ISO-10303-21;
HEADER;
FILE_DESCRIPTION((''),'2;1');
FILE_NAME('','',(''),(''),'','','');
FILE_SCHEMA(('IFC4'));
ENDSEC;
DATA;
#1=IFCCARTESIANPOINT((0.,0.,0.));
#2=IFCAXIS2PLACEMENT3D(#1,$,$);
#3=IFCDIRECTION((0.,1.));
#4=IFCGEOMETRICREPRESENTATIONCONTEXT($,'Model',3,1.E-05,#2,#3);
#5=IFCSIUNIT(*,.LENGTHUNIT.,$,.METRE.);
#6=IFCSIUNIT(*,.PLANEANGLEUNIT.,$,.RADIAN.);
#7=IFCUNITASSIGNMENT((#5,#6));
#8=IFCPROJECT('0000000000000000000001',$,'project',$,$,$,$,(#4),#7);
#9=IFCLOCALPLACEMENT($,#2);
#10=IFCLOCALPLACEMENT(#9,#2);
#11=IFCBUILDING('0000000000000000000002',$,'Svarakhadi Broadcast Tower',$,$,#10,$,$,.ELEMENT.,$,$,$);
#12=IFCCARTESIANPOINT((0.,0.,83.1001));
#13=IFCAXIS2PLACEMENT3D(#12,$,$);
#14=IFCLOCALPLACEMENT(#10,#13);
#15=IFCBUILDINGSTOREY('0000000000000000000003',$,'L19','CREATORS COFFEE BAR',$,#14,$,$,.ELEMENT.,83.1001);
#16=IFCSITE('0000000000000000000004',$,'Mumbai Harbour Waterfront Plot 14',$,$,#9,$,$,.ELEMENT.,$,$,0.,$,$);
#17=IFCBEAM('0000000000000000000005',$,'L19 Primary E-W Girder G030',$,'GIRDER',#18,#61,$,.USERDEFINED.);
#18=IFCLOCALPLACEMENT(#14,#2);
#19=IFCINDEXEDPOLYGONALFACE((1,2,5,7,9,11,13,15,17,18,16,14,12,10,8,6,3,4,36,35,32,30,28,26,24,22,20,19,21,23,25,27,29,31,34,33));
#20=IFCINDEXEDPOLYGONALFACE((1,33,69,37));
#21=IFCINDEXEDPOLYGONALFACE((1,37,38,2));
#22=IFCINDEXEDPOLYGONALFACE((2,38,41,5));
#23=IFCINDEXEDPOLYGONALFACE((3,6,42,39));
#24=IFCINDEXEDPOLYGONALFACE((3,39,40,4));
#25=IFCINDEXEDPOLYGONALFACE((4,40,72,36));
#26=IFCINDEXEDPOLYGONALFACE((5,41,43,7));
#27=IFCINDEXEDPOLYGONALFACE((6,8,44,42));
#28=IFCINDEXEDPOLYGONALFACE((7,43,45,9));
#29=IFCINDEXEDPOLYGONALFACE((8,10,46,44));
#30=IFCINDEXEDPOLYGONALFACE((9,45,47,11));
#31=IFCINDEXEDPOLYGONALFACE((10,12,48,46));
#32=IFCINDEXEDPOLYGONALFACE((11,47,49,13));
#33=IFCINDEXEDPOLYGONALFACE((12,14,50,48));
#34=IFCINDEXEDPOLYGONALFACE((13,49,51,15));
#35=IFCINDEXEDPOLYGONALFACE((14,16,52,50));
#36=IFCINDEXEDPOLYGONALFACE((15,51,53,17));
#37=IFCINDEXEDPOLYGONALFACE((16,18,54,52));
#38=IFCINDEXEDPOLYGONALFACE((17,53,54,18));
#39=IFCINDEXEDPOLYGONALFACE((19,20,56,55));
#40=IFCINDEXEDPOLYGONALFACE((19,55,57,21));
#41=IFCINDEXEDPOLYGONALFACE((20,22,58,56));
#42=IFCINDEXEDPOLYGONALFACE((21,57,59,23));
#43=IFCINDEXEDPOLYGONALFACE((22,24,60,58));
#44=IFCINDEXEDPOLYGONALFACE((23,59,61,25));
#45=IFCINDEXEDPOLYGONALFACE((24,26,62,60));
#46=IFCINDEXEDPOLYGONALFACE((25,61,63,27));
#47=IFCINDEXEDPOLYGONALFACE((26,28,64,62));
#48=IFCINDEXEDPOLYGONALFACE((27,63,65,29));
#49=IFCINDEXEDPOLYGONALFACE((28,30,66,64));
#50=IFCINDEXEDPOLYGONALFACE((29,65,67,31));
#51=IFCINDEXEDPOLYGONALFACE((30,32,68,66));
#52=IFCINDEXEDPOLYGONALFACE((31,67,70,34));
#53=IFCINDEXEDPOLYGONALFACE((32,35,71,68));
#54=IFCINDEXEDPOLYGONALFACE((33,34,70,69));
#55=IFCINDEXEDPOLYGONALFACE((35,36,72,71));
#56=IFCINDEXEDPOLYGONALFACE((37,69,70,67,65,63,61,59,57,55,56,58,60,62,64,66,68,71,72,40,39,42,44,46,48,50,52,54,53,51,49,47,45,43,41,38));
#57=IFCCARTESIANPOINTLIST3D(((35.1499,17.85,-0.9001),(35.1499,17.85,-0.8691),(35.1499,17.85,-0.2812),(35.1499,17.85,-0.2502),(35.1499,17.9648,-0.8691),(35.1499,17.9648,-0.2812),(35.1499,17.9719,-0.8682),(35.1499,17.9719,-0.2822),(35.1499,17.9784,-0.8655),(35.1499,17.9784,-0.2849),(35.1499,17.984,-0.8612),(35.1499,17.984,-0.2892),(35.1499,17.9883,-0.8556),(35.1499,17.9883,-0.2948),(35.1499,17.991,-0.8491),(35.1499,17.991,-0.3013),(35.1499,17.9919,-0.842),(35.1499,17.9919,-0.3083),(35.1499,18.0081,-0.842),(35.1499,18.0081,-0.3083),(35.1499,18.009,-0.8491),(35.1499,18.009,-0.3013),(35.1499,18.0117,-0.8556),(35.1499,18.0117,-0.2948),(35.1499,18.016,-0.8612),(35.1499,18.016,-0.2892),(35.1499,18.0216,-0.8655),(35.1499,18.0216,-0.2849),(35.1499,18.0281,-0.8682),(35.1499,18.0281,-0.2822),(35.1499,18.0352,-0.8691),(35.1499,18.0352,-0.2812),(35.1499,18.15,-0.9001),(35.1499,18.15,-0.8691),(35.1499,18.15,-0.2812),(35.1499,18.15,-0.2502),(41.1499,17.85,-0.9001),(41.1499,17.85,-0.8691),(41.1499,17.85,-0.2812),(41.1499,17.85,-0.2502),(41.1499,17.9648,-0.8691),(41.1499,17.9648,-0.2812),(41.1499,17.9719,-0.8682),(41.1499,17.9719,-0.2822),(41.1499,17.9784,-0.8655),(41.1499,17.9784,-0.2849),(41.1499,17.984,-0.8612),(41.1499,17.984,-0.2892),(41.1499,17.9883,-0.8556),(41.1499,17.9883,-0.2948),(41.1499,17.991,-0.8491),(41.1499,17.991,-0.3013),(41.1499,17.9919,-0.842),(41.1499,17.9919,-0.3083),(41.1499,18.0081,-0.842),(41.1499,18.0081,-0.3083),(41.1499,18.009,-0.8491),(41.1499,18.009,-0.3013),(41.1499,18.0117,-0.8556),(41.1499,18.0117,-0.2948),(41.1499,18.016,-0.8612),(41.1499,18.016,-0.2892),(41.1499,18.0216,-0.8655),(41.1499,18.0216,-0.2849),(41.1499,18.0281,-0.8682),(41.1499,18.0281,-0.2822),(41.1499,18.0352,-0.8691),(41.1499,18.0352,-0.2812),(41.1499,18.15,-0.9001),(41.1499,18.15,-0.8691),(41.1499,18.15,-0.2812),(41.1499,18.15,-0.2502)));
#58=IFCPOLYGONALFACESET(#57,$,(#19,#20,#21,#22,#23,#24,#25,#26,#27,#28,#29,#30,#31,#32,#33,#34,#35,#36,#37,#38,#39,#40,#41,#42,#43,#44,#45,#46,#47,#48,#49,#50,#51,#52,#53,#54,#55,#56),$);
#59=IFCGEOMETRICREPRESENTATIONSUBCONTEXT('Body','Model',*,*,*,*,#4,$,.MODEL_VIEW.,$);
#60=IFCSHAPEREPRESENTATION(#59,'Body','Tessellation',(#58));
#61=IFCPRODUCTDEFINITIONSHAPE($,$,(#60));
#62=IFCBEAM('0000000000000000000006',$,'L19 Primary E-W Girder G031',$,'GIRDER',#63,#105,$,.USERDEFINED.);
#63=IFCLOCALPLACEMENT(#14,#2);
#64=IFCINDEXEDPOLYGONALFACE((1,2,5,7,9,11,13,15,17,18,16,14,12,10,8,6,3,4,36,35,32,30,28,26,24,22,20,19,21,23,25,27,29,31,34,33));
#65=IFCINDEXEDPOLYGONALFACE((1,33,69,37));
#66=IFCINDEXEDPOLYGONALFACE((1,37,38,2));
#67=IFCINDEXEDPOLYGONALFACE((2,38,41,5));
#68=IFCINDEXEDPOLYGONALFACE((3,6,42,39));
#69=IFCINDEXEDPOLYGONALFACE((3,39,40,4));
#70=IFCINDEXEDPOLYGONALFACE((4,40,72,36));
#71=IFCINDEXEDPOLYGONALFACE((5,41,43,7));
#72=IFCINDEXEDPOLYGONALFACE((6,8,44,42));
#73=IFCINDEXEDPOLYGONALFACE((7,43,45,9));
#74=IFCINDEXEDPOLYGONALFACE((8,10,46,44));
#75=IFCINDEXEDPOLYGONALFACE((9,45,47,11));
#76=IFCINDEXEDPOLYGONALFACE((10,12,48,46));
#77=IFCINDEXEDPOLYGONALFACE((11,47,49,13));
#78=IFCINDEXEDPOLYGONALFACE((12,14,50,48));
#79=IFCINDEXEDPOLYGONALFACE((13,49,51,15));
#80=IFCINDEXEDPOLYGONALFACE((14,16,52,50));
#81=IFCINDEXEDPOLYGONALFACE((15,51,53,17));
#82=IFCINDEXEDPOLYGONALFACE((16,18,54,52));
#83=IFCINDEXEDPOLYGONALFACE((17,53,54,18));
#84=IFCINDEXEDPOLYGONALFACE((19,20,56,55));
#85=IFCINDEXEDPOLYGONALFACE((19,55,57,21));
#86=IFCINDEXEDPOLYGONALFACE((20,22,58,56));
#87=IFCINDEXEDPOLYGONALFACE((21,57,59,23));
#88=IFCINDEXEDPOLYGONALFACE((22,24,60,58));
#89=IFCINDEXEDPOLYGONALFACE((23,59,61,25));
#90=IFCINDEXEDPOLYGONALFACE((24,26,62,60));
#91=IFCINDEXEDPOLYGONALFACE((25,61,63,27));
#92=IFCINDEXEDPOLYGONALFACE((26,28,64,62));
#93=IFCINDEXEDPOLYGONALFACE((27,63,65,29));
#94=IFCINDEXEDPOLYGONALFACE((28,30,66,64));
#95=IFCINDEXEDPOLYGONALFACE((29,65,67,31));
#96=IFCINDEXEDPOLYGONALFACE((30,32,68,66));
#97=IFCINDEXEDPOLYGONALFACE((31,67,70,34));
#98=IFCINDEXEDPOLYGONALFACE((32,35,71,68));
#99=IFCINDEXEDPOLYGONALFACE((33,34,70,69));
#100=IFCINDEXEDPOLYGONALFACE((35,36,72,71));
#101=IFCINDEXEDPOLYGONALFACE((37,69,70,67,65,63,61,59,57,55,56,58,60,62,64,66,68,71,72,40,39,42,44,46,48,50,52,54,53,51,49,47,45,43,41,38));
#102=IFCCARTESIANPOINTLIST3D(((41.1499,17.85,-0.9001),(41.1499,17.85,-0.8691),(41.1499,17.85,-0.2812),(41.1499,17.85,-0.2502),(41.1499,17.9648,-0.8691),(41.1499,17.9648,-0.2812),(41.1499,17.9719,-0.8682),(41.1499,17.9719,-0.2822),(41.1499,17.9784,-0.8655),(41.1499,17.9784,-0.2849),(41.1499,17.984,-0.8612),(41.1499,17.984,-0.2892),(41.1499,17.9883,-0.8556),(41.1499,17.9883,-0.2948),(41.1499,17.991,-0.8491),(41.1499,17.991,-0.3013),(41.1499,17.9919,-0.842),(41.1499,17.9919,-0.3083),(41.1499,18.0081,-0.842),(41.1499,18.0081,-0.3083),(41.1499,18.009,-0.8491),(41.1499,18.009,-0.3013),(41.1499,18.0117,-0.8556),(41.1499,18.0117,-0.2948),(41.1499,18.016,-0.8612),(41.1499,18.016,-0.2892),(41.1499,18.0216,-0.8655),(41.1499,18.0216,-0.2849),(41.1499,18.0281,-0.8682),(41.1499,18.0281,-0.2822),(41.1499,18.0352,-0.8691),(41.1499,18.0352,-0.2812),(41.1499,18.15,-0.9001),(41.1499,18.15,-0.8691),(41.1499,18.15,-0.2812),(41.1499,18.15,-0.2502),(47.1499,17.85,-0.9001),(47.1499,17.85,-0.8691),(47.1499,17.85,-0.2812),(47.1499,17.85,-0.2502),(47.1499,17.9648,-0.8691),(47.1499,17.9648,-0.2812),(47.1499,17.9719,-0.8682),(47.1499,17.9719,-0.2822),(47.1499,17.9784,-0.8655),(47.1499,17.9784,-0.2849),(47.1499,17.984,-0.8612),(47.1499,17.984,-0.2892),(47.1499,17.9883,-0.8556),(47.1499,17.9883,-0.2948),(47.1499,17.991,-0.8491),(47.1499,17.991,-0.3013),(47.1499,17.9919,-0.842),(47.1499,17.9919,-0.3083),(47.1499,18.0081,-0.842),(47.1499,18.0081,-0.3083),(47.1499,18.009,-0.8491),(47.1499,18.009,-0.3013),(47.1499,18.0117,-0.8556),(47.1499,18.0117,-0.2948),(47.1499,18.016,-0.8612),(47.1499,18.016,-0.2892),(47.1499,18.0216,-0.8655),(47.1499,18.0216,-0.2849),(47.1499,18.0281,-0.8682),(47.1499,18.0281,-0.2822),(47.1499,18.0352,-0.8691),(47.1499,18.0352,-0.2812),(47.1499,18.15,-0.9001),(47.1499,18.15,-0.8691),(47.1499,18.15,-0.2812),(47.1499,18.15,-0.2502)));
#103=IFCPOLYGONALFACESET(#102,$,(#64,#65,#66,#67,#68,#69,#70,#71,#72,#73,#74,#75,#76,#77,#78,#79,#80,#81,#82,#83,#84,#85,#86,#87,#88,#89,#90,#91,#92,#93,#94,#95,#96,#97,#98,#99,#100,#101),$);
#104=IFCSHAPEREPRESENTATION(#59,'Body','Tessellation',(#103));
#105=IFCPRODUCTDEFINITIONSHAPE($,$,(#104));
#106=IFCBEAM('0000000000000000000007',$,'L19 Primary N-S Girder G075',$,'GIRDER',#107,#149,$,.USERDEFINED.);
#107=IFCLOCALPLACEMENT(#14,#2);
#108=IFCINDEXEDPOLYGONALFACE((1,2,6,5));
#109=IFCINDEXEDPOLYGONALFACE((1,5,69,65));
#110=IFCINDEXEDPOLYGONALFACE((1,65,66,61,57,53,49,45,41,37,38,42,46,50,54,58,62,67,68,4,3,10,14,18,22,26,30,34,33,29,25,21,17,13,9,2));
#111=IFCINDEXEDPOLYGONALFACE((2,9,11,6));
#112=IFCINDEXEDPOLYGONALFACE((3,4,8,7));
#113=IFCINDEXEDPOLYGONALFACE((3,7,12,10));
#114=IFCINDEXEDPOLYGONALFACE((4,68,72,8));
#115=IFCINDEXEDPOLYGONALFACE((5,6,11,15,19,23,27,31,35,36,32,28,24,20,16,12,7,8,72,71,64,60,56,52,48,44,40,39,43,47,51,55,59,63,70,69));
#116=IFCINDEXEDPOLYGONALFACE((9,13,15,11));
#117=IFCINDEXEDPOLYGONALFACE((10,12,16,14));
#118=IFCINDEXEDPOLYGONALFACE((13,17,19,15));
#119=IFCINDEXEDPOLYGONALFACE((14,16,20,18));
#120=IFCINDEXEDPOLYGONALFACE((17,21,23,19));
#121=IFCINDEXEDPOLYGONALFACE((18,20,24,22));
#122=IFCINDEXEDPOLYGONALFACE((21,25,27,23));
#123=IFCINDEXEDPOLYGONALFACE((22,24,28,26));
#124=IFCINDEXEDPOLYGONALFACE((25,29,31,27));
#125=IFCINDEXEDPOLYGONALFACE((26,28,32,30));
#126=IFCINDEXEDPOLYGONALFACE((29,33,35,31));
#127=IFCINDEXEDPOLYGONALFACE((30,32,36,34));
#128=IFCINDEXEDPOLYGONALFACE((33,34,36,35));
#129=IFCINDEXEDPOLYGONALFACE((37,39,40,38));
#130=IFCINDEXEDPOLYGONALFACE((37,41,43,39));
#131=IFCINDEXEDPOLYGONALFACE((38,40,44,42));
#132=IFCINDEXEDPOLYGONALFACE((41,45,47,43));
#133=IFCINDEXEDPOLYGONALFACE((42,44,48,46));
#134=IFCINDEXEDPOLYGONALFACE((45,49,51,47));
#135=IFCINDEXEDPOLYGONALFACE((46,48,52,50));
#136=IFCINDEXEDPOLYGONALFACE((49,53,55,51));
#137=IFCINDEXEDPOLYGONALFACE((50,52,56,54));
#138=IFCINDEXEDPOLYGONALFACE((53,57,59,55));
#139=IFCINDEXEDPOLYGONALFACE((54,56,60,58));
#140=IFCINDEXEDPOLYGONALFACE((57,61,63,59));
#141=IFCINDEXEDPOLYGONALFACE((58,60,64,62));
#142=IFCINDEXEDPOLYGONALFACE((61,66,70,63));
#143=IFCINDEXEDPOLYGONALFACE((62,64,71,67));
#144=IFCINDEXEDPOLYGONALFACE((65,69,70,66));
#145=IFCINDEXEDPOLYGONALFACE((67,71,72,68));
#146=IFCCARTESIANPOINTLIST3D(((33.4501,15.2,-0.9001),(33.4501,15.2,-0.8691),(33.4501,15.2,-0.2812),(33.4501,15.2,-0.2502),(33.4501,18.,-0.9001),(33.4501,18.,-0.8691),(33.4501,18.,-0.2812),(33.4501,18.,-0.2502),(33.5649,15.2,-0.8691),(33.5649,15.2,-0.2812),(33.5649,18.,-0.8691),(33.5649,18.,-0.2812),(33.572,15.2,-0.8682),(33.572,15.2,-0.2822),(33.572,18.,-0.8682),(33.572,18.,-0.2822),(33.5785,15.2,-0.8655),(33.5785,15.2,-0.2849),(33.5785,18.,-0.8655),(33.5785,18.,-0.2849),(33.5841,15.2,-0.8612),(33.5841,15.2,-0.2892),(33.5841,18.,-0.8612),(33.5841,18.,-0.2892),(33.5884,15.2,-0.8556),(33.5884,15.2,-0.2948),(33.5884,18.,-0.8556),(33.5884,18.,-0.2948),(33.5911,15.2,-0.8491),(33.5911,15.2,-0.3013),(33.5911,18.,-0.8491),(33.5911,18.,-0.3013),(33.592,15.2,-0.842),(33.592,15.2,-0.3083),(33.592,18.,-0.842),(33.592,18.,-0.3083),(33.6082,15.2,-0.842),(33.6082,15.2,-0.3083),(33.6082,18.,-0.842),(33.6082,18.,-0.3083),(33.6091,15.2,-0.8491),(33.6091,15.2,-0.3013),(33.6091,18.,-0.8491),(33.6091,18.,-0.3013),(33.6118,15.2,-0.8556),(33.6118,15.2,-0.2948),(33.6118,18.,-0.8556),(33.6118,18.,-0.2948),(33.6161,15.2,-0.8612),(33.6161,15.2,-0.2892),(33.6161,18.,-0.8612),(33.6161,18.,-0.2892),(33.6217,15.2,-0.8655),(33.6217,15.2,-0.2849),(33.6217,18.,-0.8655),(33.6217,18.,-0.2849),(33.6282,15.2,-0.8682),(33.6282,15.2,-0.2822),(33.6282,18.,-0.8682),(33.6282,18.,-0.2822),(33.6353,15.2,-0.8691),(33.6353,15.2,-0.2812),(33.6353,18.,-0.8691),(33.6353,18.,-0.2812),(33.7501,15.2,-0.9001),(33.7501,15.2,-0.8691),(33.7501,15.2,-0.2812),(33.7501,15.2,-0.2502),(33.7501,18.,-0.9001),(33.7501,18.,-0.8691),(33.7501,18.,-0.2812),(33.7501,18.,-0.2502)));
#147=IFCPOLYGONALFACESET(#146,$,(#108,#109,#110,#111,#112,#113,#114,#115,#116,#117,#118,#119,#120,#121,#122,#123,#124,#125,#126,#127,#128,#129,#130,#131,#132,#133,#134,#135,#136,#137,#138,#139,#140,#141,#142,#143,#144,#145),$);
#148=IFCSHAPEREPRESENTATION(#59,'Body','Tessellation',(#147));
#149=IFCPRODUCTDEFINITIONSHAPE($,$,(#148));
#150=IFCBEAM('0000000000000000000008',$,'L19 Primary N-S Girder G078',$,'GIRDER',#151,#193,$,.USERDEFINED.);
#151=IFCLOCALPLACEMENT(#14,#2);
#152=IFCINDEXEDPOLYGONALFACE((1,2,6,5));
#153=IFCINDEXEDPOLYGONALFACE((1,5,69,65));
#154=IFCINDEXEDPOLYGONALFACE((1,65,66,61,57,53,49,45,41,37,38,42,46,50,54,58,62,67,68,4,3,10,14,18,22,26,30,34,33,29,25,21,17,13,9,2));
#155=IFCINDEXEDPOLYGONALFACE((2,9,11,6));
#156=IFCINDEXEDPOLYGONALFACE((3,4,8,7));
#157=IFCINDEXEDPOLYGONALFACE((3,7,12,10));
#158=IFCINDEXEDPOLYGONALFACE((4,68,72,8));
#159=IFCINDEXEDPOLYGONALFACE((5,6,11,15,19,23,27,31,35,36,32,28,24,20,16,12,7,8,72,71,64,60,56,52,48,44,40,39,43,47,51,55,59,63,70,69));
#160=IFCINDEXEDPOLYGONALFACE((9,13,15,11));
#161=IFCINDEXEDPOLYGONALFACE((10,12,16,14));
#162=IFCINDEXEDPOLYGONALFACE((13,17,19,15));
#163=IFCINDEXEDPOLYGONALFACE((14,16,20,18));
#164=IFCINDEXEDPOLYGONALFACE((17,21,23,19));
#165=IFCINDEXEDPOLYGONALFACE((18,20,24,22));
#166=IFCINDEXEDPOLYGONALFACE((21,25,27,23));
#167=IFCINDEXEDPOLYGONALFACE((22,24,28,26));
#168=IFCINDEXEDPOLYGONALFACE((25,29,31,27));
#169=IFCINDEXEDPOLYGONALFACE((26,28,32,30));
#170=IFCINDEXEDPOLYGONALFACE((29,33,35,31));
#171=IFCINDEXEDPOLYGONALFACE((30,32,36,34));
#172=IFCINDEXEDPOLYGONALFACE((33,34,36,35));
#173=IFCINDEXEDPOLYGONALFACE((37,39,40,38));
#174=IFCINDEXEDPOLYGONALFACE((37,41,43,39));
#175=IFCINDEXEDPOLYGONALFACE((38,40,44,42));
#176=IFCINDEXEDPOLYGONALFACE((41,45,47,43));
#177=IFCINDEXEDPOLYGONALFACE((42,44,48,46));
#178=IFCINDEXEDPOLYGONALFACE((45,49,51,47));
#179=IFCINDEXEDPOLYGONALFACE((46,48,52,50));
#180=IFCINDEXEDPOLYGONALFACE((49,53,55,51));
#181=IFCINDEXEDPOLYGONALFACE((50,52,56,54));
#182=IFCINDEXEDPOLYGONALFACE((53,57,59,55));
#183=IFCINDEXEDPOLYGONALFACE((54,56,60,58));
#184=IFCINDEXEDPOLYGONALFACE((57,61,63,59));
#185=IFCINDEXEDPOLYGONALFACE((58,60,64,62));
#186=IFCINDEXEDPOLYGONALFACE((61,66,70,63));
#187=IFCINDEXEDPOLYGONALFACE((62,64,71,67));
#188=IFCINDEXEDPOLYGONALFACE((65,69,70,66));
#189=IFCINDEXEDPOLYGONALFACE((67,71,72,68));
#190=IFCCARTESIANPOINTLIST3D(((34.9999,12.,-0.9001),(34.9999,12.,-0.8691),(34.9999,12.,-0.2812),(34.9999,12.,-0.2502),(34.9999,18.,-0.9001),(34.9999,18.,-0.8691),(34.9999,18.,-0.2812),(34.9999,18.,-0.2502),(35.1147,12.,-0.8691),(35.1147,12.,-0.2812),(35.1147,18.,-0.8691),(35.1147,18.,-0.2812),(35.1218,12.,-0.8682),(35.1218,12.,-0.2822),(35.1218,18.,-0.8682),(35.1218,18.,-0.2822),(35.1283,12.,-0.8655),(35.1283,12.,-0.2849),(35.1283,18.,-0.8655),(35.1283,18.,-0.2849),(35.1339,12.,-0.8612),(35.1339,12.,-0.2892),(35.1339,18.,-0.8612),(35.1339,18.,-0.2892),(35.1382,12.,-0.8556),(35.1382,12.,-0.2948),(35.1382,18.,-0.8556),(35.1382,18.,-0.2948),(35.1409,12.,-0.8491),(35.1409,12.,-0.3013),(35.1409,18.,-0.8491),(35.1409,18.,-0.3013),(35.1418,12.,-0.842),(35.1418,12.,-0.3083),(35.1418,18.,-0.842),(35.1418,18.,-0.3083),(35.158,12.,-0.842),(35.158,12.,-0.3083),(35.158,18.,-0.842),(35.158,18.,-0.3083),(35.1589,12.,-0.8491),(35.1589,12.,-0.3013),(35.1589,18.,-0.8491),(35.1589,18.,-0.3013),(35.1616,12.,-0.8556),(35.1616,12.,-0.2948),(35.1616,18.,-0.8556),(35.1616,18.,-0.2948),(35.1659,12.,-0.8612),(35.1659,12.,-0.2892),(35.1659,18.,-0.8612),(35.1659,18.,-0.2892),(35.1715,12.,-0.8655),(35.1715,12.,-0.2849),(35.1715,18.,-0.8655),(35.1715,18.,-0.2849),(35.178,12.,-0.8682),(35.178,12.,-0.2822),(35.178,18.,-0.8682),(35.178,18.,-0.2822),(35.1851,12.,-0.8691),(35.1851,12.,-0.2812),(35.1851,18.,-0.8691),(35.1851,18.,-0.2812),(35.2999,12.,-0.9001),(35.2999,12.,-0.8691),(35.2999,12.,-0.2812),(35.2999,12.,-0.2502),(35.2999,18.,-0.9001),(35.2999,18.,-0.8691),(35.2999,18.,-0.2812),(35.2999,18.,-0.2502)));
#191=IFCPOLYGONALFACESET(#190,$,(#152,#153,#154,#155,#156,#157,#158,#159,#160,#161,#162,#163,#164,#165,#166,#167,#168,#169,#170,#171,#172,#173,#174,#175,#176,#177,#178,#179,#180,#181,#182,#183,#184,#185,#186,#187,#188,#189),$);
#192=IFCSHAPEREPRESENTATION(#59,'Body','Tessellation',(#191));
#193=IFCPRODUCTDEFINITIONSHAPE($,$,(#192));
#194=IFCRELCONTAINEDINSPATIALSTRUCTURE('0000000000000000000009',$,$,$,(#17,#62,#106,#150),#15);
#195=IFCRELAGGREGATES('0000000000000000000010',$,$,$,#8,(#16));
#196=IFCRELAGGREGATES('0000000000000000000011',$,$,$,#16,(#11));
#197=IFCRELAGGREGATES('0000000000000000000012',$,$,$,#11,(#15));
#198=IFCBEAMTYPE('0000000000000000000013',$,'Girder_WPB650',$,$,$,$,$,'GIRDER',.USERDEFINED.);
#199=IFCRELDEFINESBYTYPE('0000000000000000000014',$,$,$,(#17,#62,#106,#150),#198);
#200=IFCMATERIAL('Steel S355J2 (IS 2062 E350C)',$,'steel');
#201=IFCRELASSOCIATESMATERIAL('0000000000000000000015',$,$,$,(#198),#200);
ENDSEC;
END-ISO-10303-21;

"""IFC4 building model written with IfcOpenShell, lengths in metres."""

from ifc_helpers import new_model, si_unit, direction, frame, origin, origin_2d, place, context, subcontext, project, spatial, i_section, extrude, material, material_profile, profile_set, type_object, element, save


model = new_model("IFC4")

# Units and contexts
model_context = context("Model", 3, precision=1e-05, world=origin(), true_north=direction((0.0, 1.0)))
body_context = subcontext(model_context, "Body", "Model", "MODEL_VIEW")
ifc_project = project(units=[si_unit("LENGTHUNIT", "METRE"), si_unit("PLANEANGLEUNIT", "RADIAN")], contexts=[model_context])

# Site, building, storey
site_placement = place(None, origin())
site = spatial("IfcSite", under=ifc_project, at=site_placement, Name="Mumbai Harbour Waterfront Plot 14", CompositionType="ELEMENT", RefElevation=0.0)
building_placement = place(site_placement, origin())
building = spatial("IfcBuilding", under=site, at=building_placement, Name="Svarakhadi Broadcast Tower", CompositionType="ELEMENT")
storey_placement = place(building_placement, frame((0.0, 0.0, 83.1001)))
storey = spatial("IfcBuildingStorey", under=building, at=storey_placement, Name="L19", Description="CREATORS COFFEE BAR", CompositionType="ELEMENT", Elevation=83.1001)

# Shared definitions
ifc_material_1 = material(Name="Steel S355J2 (IS 2062 E350C)", Category="steel")

# Beams
ifc_material_profile_1 = material_profile(ifc_material_1, i_section(OverallWidth=0.3, OverallDepth=0.6499, WebThickness=0.0161, FlangeThickness=0.031, FilletRadius=0.0271, at=origin_2d()), Name="WPB 650x300x225")
ifc_profile_set_1 = profile_set([ifc_material_profile_1], Name="Steel S355J2 (IS 2062 E350C)")
beam_type_1 = type_object("IfcBeamType", Name="Girder_WPB650", ElementType="GIRDER", PredefinedType="USERDEFINED", material=ifc_profile_set_1)
for number, where, z_axis, x_axis, name in (
    (1, (35.1499, 18.0, -0.5752), (1.0, 0.0, 0.0), (0.0, 1.0, 0.0), "L19 Primary E-W Girder G030"),
    (2, (41.1499, 18.0, -0.5752), (1.0, 0.0, 0.0), (0.0, 1.0, 0.0), "L19 Primary E-W Girder G031"),
):
    element("IfcBeam", number, at=place(storey_placement, frame(where, z_axis=z_axis, x_axis=x_axis)), inside=storey, type_object=beam_type_1, Name=name, ObjectType="GIRDER", PredefinedType="USERDEFINED", context=body_context, shape_type="SweptSolid", body=[
        extrude(i_section(OverallWidth=0.3, OverallDepth=0.6499, WebThickness=0.0161, FlangeThickness=0.031, FilletRadius=0.0271, at=origin_2d()), origin(), (0.0, 0.0, 1.0), 6.0),
    ])
beam_placement = place(storey_placement, frame((33.6001, 15.2, -0.5752), z_axis=(0.0, 1.0, 0.0), x_axis=(-1.0, 0.0, 0.0)))
element("IfcBeam", 3, at=beam_placement, inside=storey, type_object=beam_type_1, Name="L19 Primary N-S Girder G075", ObjectType="GIRDER", PredefinedType="USERDEFINED", context=body_context, shape_type="SweptSolid", body=[
    extrude(i_section(OverallWidth=0.3, OverallDepth=0.6499, WebThickness=0.0161, FlangeThickness=0.031, FilletRadius=0.0271, at=origin_2d()), origin(), (0.0, 0.0, 1.0), 2.8),
])
for number, where, z_axis, x_axis, name in (
    (4, (35.1499, 12.0, -0.5752), (0.0, 1.0, 0.0), (-1.0, 0.0, 0.0), "L19 Primary N-S Girder G078"),
):
    element("IfcBeam", number, at=place(storey_placement, frame(where, z_axis=z_axis, x_axis=x_axis)), inside=storey, type_object=beam_type_1, Name=name, ObjectType="GIRDER", PredefinedType="USERDEFINED", context=body_context, shape_type="SweptSolid", body=[
        extrude(i_section(OverallWidth=0.3, OverallDepth=0.6499, WebThickness=0.0161, FlangeThickness=0.031, FilletRadius=0.0271, at=origin_2d()), origin(), (0.0, 0.0, 1.0), 6.0),
    ])

save(model, "model.ifc")
